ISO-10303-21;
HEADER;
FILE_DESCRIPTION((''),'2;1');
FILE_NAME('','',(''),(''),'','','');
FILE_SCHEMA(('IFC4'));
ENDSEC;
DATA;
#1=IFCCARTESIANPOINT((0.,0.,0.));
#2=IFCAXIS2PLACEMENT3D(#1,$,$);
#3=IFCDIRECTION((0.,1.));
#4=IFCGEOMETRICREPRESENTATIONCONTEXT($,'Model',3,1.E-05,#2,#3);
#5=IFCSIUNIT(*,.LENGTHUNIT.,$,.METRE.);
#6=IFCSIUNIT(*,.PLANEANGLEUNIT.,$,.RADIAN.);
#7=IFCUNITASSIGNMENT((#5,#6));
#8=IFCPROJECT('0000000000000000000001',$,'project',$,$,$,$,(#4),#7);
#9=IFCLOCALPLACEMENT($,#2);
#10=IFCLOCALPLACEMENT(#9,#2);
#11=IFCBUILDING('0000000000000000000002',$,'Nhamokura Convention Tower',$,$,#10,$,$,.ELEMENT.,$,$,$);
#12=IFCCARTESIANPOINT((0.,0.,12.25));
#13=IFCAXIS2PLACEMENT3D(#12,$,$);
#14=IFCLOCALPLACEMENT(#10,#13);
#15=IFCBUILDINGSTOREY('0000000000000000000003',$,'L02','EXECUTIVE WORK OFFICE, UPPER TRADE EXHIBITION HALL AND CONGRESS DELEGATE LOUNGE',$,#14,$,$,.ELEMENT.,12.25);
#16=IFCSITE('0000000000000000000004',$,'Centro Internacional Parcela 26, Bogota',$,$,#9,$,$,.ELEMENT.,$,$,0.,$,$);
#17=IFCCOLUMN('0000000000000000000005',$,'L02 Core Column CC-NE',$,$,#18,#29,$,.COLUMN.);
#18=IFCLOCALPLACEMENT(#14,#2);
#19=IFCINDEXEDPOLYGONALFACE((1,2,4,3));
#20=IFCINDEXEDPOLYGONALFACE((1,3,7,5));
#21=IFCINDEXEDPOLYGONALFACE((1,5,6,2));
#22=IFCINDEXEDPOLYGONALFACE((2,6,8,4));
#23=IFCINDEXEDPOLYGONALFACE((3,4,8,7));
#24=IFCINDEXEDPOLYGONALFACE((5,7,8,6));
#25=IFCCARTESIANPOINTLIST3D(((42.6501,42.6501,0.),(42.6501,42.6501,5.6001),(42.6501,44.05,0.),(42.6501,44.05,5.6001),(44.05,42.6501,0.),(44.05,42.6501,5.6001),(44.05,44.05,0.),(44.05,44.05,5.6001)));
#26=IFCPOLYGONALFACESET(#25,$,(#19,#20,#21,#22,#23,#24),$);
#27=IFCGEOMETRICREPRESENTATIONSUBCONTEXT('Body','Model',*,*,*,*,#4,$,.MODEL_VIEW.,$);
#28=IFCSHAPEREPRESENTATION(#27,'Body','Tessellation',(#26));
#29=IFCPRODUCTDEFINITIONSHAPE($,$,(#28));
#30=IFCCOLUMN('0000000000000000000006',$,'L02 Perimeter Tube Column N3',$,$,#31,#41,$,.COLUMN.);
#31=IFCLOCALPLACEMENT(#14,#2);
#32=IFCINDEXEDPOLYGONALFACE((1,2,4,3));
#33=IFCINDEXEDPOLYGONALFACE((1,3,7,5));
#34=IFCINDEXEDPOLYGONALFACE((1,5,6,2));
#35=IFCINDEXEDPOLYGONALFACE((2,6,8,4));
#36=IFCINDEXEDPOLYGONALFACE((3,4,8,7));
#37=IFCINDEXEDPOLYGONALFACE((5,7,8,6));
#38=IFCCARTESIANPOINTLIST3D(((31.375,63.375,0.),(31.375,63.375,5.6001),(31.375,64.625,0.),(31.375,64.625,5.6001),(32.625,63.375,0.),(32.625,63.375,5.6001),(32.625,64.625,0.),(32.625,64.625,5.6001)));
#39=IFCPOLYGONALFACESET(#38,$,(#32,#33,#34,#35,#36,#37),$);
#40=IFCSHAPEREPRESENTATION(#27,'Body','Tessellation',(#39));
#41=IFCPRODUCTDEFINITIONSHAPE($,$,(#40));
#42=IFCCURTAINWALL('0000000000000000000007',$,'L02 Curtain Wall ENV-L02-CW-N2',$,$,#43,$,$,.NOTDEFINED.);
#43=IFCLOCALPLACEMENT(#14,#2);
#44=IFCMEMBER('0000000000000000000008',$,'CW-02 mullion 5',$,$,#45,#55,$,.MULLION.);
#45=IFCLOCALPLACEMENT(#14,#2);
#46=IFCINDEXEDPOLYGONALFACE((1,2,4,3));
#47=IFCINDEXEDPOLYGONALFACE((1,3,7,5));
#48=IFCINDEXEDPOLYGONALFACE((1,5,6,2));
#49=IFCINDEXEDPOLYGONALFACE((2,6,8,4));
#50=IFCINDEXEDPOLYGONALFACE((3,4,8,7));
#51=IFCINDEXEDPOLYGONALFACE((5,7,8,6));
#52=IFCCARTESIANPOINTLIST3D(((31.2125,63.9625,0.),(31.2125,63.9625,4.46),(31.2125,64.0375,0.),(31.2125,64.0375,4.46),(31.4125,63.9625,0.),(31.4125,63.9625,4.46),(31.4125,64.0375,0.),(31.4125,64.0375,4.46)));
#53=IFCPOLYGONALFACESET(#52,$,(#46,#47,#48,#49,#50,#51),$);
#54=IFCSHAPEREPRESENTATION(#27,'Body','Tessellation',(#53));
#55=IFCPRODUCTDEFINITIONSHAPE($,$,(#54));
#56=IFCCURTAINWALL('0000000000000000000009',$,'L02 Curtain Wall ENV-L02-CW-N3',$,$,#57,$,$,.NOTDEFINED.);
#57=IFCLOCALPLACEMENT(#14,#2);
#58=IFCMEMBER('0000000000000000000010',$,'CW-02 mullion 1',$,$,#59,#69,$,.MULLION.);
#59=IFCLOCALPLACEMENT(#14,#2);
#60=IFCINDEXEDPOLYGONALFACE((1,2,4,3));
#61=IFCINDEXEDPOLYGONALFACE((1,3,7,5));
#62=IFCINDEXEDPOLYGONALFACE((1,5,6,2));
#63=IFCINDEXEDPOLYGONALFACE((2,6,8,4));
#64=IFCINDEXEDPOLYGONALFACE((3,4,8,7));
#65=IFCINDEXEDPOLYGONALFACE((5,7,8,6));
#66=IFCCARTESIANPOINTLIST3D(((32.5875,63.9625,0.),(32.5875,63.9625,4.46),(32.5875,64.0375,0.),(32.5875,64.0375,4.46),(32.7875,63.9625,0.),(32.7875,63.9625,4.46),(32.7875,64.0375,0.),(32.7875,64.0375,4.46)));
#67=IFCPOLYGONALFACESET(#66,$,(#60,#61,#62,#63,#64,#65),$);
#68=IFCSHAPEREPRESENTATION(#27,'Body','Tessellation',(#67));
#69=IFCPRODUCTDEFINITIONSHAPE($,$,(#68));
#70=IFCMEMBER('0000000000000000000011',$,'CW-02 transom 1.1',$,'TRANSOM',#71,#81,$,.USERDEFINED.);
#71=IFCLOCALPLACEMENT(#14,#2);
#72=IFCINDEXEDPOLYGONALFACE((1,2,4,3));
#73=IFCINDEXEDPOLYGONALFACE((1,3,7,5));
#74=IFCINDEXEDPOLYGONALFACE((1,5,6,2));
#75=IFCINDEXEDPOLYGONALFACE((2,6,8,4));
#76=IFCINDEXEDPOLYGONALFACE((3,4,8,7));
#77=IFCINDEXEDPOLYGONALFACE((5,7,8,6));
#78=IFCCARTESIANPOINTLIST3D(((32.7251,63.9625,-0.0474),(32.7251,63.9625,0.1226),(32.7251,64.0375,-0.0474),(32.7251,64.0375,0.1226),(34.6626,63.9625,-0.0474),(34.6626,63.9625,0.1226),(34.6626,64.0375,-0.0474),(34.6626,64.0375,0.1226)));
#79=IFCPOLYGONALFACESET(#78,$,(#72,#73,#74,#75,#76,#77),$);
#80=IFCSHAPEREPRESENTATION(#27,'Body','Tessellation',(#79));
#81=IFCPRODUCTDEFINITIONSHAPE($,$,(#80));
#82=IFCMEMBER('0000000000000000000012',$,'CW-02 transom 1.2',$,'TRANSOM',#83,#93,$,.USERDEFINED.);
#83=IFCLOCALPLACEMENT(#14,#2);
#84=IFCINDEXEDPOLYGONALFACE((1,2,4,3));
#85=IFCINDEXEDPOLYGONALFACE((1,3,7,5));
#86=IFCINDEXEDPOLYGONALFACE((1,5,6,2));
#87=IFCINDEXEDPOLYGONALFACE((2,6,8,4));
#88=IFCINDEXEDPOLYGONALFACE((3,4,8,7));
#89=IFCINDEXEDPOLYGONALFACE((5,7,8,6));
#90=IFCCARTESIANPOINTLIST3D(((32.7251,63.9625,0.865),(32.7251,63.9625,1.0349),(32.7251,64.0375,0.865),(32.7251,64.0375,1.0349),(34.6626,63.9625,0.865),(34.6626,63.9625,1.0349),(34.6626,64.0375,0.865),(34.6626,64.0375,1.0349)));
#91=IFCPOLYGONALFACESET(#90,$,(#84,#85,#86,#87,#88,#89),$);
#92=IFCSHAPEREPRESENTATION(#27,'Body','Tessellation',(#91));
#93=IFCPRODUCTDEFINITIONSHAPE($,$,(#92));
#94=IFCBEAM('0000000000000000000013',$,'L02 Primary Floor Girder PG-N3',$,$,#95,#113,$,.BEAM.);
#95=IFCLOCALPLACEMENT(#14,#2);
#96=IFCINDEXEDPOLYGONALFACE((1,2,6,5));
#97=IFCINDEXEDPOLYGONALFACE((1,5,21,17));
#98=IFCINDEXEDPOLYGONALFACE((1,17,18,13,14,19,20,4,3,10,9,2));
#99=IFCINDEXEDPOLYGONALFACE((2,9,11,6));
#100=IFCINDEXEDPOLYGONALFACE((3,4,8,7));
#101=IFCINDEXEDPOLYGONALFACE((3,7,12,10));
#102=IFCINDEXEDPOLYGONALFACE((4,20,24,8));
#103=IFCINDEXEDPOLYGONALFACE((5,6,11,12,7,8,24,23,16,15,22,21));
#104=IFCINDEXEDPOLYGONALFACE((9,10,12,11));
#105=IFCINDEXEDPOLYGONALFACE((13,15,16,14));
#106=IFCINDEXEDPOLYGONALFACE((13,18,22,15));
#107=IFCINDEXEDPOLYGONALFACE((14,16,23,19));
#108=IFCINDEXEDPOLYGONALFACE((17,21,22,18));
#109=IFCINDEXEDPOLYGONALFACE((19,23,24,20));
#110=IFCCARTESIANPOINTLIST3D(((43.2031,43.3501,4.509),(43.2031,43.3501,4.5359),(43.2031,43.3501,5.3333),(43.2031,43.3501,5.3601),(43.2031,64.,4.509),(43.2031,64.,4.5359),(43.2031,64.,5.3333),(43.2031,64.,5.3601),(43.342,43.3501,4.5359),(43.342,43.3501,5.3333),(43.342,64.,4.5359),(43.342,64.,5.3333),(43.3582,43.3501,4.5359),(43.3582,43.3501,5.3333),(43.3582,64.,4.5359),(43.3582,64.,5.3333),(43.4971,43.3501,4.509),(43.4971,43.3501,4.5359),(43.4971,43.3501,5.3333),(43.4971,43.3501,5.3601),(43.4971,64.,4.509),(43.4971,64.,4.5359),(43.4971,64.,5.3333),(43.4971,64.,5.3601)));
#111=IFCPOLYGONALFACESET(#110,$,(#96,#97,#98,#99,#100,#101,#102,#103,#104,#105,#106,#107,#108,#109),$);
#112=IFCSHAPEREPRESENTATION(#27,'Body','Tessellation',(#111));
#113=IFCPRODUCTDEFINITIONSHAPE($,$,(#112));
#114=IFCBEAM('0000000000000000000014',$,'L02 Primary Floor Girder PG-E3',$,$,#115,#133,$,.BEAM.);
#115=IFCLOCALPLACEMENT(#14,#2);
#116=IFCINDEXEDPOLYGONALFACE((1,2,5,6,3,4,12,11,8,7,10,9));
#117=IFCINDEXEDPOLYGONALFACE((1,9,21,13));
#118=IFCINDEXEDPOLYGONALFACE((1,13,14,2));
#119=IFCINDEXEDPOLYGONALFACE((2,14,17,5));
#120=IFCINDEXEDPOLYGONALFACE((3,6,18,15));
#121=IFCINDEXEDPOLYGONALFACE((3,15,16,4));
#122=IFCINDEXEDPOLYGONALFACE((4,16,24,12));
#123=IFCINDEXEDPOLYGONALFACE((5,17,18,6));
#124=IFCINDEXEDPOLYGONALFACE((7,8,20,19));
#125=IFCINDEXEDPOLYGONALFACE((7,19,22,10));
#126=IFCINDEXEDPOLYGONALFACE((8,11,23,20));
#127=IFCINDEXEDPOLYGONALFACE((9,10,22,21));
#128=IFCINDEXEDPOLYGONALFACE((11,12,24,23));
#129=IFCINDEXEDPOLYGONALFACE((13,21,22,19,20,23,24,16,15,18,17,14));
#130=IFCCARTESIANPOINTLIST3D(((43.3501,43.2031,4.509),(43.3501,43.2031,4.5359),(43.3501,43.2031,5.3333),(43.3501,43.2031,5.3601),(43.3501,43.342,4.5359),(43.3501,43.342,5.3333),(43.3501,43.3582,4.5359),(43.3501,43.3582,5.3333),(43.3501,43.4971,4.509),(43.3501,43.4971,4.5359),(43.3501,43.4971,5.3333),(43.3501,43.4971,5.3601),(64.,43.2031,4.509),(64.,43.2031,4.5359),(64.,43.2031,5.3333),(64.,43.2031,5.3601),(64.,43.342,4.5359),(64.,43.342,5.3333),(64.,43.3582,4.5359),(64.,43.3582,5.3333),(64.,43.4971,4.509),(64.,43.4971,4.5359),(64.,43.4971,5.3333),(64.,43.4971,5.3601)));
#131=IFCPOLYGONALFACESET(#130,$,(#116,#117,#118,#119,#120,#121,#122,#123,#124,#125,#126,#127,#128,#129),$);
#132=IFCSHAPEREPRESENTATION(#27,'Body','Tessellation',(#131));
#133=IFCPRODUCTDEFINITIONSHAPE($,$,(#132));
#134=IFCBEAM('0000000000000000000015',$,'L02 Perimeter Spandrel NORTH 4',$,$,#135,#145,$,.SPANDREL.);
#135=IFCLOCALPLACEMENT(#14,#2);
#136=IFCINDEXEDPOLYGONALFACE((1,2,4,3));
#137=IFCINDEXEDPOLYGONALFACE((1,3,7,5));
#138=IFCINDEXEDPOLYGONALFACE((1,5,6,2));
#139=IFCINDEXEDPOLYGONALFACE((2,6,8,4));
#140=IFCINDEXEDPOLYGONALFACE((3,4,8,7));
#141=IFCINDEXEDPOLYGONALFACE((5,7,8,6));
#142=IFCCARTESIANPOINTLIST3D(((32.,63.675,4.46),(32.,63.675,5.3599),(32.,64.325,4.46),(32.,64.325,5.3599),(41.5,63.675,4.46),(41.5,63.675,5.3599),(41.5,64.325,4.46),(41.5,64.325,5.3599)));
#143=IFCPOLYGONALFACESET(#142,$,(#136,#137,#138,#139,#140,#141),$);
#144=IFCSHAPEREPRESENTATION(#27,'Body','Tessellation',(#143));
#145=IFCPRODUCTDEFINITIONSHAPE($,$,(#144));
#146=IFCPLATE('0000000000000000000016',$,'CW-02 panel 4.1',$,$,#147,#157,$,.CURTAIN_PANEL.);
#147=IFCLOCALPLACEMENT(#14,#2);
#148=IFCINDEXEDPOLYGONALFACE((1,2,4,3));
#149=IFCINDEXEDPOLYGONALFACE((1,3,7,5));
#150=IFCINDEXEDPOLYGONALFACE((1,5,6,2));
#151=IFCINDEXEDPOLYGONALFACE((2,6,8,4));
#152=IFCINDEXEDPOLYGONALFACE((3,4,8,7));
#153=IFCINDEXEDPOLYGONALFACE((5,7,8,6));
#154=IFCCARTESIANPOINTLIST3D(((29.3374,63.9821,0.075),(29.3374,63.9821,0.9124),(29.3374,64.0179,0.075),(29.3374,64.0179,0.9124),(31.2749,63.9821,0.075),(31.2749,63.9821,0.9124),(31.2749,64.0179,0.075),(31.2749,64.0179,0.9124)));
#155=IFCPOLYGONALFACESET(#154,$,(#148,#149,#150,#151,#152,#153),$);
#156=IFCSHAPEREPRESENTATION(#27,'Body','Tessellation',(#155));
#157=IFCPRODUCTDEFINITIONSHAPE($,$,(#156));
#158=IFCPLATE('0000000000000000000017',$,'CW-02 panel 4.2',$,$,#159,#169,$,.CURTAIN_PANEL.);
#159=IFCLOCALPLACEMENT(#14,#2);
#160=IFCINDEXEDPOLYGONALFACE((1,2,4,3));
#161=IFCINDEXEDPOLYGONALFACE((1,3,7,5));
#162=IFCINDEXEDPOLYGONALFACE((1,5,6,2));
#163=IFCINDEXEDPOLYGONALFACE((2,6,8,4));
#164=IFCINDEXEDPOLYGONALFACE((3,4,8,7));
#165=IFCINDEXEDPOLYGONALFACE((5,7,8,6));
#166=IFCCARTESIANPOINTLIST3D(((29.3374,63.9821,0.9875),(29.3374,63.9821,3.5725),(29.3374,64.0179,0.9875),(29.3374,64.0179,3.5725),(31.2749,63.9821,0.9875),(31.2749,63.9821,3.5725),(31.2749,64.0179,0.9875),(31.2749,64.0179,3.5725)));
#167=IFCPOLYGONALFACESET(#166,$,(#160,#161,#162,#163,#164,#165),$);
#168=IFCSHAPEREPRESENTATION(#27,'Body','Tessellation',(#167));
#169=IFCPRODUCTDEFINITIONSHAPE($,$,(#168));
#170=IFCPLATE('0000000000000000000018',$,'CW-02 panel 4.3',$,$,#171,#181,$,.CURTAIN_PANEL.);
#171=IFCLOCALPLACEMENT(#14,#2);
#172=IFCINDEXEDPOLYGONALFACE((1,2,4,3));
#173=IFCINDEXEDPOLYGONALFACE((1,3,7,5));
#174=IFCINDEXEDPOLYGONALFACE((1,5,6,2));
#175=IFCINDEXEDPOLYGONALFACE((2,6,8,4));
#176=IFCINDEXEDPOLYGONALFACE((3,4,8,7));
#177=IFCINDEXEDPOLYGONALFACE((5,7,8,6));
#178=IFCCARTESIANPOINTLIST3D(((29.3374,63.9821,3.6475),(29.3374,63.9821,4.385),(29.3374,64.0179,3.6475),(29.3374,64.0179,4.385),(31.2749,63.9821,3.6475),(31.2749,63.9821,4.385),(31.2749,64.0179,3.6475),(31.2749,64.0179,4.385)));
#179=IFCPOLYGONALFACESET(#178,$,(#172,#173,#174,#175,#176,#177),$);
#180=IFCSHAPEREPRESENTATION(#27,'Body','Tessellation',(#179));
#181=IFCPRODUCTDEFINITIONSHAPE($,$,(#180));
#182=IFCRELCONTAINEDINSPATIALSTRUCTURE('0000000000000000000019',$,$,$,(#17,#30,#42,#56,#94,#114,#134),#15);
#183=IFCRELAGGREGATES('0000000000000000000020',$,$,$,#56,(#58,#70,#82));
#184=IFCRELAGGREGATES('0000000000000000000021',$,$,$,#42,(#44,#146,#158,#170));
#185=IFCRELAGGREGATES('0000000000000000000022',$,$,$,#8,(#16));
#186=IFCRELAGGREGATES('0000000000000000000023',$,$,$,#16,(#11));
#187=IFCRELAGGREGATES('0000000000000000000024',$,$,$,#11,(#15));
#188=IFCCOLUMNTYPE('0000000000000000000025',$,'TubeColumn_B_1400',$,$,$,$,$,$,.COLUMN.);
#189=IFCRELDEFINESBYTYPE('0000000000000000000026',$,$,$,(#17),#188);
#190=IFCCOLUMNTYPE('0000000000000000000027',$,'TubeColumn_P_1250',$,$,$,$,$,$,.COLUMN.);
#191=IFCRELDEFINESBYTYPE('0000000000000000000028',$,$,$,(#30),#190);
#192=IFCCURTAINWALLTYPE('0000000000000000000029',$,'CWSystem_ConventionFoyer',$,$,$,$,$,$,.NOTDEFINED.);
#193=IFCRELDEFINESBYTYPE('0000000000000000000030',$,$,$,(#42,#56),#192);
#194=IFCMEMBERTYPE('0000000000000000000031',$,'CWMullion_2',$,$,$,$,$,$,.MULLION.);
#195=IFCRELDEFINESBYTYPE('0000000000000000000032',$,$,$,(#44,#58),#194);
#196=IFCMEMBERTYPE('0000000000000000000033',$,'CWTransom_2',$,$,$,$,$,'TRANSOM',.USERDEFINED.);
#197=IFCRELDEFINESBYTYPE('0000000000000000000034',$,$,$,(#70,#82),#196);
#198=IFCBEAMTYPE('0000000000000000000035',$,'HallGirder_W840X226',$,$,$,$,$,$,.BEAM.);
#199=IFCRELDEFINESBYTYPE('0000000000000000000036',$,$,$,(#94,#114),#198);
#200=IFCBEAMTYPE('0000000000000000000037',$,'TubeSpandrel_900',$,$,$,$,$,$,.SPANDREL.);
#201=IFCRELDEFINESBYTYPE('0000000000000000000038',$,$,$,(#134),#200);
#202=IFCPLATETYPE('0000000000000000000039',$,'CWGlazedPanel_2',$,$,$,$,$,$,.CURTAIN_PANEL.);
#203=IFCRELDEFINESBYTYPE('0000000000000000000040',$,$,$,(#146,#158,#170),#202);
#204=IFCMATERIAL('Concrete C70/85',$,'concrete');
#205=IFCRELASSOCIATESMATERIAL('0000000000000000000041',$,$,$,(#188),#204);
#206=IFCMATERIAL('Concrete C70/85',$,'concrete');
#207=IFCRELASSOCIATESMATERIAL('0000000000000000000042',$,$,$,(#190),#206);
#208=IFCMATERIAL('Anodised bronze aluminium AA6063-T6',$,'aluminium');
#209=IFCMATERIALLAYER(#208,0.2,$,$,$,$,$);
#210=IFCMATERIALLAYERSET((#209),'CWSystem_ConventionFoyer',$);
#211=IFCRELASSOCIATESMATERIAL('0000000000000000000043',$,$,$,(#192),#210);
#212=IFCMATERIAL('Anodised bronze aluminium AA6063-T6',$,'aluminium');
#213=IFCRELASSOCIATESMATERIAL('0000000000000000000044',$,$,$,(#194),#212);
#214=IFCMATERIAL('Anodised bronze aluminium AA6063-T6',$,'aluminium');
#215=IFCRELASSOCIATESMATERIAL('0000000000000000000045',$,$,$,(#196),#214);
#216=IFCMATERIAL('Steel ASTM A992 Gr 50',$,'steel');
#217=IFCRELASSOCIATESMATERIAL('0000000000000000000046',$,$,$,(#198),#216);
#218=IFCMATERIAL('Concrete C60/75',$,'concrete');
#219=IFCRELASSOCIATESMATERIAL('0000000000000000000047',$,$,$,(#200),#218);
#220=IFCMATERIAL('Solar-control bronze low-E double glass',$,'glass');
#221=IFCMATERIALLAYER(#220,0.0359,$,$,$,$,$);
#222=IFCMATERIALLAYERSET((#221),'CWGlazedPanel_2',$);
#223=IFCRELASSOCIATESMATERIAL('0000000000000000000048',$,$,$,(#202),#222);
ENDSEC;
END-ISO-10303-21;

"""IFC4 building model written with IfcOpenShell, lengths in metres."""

from ifc_helpers import new_model, si_unit, direction, frame, origin, origin_2d, place, context, subcontext, project, spatial, rectangle, i_section, extrude, material, layer, layer_set, material_profile, profile_set, type_object, element, aggregate, save


model = new_model("IFC4")

# Units and contexts
model_context = context("Model", 3, precision=1e-05, world=origin(), true_north=direction((0.0, 1.0)))
body_context = subcontext(model_context, "Body", "Model", "MODEL_VIEW")
ifc_project = project(units=[si_unit("LENGTHUNIT", "METRE"), si_unit("PLANEANGLEUNIT", "RADIAN")], contexts=[model_context])

# Site, building, storey
site_placement = place(None, origin())
site = spatial("IfcSite", under=ifc_project, at=site_placement, Name="Centro Internacional Parcela 26, Bogota", CompositionType="ELEMENT", RefElevation=0.0)
building_placement = place(site_placement, origin())
building = spatial("IfcBuilding", under=site, at=building_placement, Name="Nhamokura Convention Tower", CompositionType="ELEMENT")
storey_placement = place(building_placement, frame((0.0, 0.0, 12.25)))
storey = spatial("IfcBuildingStorey", under=building, at=storey_placement, Name="L02", Description="EXECUTIVE WORK OFFICE, UPPER TRADE EXHIBITION HALL AND CONGRESS DELEGATE LOUNGE", CompositionType="ELEMENT", Elevation=12.25)

# Columns
ifc_material_1 = material(Name="Concrete C70/85", Category="concrete")
ifc_material_profile_1 = material_profile(ifc_material_1, rectangle(XDim=1.3999, YDim=1.3999, at=origin_2d()))
ifc_profile_set_1 = profile_set([ifc_material_profile_1], Name="Concrete C70/85")
column_type_1 = type_object("IfcColumnType", Name="TubeColumn_B_1400", PredefinedType="COLUMN", material=ifc_profile_set_1)
column_1_placement = place(storey_placement, frame((43.3501, 43.3501, 0.0), z_axis=(0.0, 0.0, 1.0), x_axis=(1.0, 0.0, 0.0)))
element("IfcColumn", 1, at=column_1_placement, inside=storey, type_object=column_type_1, Name="L02 Core Column CC-NE", PredefinedType="COLUMN", context=body_context, shape_type="SweptSolid", body=[
    extrude(rectangle(XDim=1.3999, YDim=1.3999, at=origin_2d()), origin(), (0.0, 0.0, 1.0), 5.6001),
])
ifc_material_2 = material(Name="Concrete C70/85", Category="concrete")
ifc_material_profile_2 = material_profile(ifc_material_2, rectangle(XDim=1.25, YDim=1.25, at=origin_2d()))
ifc_profile_set_2 = profile_set([ifc_material_profile_2], Name="Concrete C70/85")
column_type_2 = type_object("IfcColumnType", Name="TubeColumn_P_1250", PredefinedType="COLUMN", material=ifc_profile_set_2)
column_2_placement = place(storey_placement, frame((32.0, 64.0, 0.0), z_axis=(0.0, 0.0, 1.0), x_axis=(1.0, 0.0, 0.0)))
element("IfcColumn", 2, at=column_2_placement, inside=storey, type_object=column_type_2, Name="L02 Perimeter Tube Column N3", PredefinedType="COLUMN", context=body_context, shape_type="SweptSolid", body=[
    extrude(rectangle(XDim=1.25, YDim=1.25, at=origin_2d()), origin(), (0.0, 0.0, 1.0), 5.6001),
])

# Curtain wall, member
ifc_material_3 = material(Name="Anodised bronze aluminium AA6063-T6", Category="aluminium")
ifc_layer_1 = layer(ifc_material_3, 0.2)
ifc_layer_set_1 = layer_set([ifc_layer_1], Name="CWSystem_ConventionFoyer")
curtain_wall_type = type_object("IfcCurtainWallType", Name="CWSystem_ConventionFoyer", PredefinedType="NOTDEFINED", material=ifc_layer_set_1)
curtain_wall_1_placement = place(storey_placement, origin())
curtain_wall_1 = element("IfcCurtainWall", 3, at=curtain_wall_1_placement, inside=storey, type_object=curtain_wall_type, Name="L02 Curtain Wall ENV-L02-CW-N2", PredefinedType="NOTDEFINED")
ifc_material_4 = material(Name="Anodised bronze aluminium AA6063-T6", Category="aluminium")
ifc_material_profile_3 = material_profile(ifc_material_4, rectangle(XDim=0.075, YDim=0.2, at=origin_2d()))
ifc_profile_set_3 = profile_set([ifc_material_profile_3], Name="Anodised bronze aluminium AA6063-T6")
member_type_1 = type_object("IfcMemberType", Name="CWMullion_2", PredefinedType="MULLION", material=ifc_profile_set_3)
member_1_placement = place(storey_placement, frame((31.3125, 64.0, 0.0), z_axis=(0.0, 0.0, 1.0), x_axis=(0.0, 1.0, 0.0)))
member_1 = element("IfcMember", 4, at=member_1_placement, type_object=member_type_1, Name="CW-02 mullion 5", PredefinedType="MULLION", context=body_context, shape_type="SweptSolid", body=[
    extrude(rectangle(XDim=0.075, YDim=0.2, at=origin_2d()), origin(), (0.0, 0.0, 1.0), 4.46),
])

# Curtain wall, members
curtain_wall_2_placement = place(storey_placement, origin())
curtain_wall_2 = element("IfcCurtainWall", 5, at=curtain_wall_2_placement, inside=storey, type_object=curtain_wall_type, Name="L02 Curtain Wall ENV-L02-CW-N3", PredefinedType="NOTDEFINED")
member_2_placement = place(storey_placement, frame((32.6875, 64.0, 0.0), z_axis=(0.0, 0.0, 1.0), x_axis=(0.0, 1.0, 0.0)))
member_2 = element("IfcMember", 6, at=member_2_placement, type_object=member_type_1, Name="CW-02 mullion 1", PredefinedType="MULLION", context=body_context, shape_type="SweptSolid", body=[
    extrude(rectangle(XDim=0.075, YDim=0.2, at=origin_2d()), origin(), (0.0, 0.0, 1.0), 4.46),
])
ifc_material_5 = material(Name="Anodised bronze aluminium AA6063-T6", Category="aluminium")
ifc_material_profile_4 = material_profile(ifc_material_5, rectangle(XDim=0.075, YDim=0.1699, at=origin_2d()))
ifc_profile_set_4 = profile_set([ifc_material_profile_4], Name="Anodised bronze aluminium AA6063-T6")
member_type_2 = type_object("IfcMemberType", Name="CWTransom_2", ElementType="TRANSOM", PredefinedType="USERDEFINED", material=ifc_profile_set_4)
member_3_placement = place(storey_placement, frame((32.7251, 64.0, 0.0376), z_axis=(1.0, 0.0, 0.0), x_axis=(0.0, 1.0, 0.0)))
member_3 = element("IfcMember", 7, at=member_3_placement, type_object=member_type_2, Name="CW-02 transom 1.1", ObjectType="TRANSOM", PredefinedType="USERDEFINED", context=body_context, shape_type="SweptSolid", body=[
    extrude(rectangle(XDim=0.075, YDim=0.1699, at=origin_2d()), origin(), (0.0, 0.0, 1.0), 1.9375),
])
member_4_placement = place(storey_placement, frame((32.7251, 64.0, 0.95), z_axis=(1.0, 0.0, 0.0), x_axis=(0.0, 1.0, 0.0)))
member_4 = element("IfcMember", 8, at=member_4_placement, type_object=member_type_2, Name="CW-02 transom 1.2", ObjectType="TRANSOM", PredefinedType="USERDEFINED", context=body_context, shape_type="SweptSolid", body=[
    extrude(rectangle(XDim=0.075, YDim=0.1699, at=origin_2d()), origin(), (0.0, 0.0, 1.0), 1.9375),
])
aggregate(curtain_wall_2, [member_2, member_3, member_4])

# Beams
ifc_material_6 = material(Name="Steel ASTM A992 Gr 50", Category="steel")
ifc_material_profile_5 = material_profile(ifc_material_6, i_section(OverallWidth=0.2939, OverallDepth=0.8511, WebThickness=0.0161, FlangeThickness=0.0269, at=origin_2d()))
ifc_profile_set_5 = profile_set([ifc_material_profile_5], Name="Steel ASTM A992 Gr 50")
beam_type_1 = type_object("IfcBeamType", Name="HallGirder_W840X226", PredefinedType="BEAM", material=ifc_profile_set_5)
for number, where, z_axis, x_axis, name in (
    (9, (43.3501, 43.3501, 4.9346), (0.0, 1.0, 0.0), (-1.0, 0.0, 0.0), "L02 Primary Floor Girder PG-N3"),
    (10, (43.3501, 43.3501, 4.9346), (1.0, 0.0, 0.0), (0.0, 1.0, 0.0), "L02 Primary Floor Girder PG-E3"),
):
    element("IfcBeam", number, at=place(storey_placement, frame(where, z_axis=z_axis, x_axis=x_axis)), inside=storey, type_object=beam_type_1, Name=name, PredefinedType="BEAM", context=body_context, shape_type="SweptSolid", body=[
        extrude(i_section(OverallWidth=0.2939, OverallDepth=0.8511, WebThickness=0.0161, FlangeThickness=0.0269, at=origin_2d()), origin(), (0.0, 0.0, 1.0), 20.6499),
    ])
ifc_material_7 = material(Name="Concrete C60/75", Category="concrete")
ifc_material_profile_6 = material_profile(ifc_material_7, rectangle(XDim=0.6499, YDim=0.8999, at=origin_2d()))
ifc_profile_set_6 = profile_set([ifc_material_profile_6], Name="Concrete C60/75")
beam_type_2 = type_object("IfcBeamType", Name="TubeSpandrel_900", PredefinedType="SPANDREL", material=ifc_profile_set_6)
beam_placement = place(storey_placement, frame((32.0, 64.0, 4.9099), z_axis=(1.0, 0.0, 0.0), x_axis=(0.0, 1.0, 0.0)))
element("IfcBeam", 11, at=beam_placement, inside=storey, type_object=beam_type_2, Name="L02 Perimeter Spandrel NORTH 4", PredefinedType="SPANDREL", context=body_context, shape_type="SweptSolid", body=[
    extrude(rectangle(XDim=0.6499, YDim=0.8999, at=origin_2d()), origin(), (0.0, 0.0, 1.0), 9.5),
])

# Plates
ifc_material_8 = material(Name="Solar-control bronze low-E double glass", Category="glass")
ifc_layer_2 = layer(ifc_material_8, 0.0359)
ifc_layer_set_2 = layer_set([ifc_layer_2], Name="CWGlazedPanel_2")
plate_type = type_object("IfcPlateType", Name="CWGlazedPanel_2", PredefinedType="CURTAIN_PANEL", material=ifc_layer_set_2)
plate_1_placement = place(storey_placement, frame((30.3062, 64.0, 0.075), z_axis=(0.0, 0.0, 1.0), x_axis=(1.0, 0.0, 0.0)))
plate_1 = element("IfcPlate", 12, at=plate_1_placement, type_object=plate_type, Name="CW-02 panel 4.1", PredefinedType="CURTAIN_PANEL", context=body_context, shape_type="SweptSolid", body=[
    extrude(rectangle(XDim=1.9375, YDim=0.0359, at=origin_2d()), origin(), (0.0, 0.0, 1.0), 0.8374),
])
plate_2_placement = place(storey_placement, frame((30.3062, 64.0, 0.9875), z_axis=(0.0, 0.0, 1.0), x_axis=(1.0, 0.0, 0.0)))
plate_2 = element("IfcPlate", 13, at=plate_2_placement, type_object=plate_type, Name="CW-02 panel 4.2", PredefinedType="CURTAIN_PANEL", context=body_context, shape_type="SweptSolid", body=[
    extrude(rectangle(XDim=1.9375, YDim=0.0359, at=origin_2d()), origin(), (0.0, 0.0, 1.0), 2.585),
])
plate_3_placement = place(storey_placement, frame((30.3062, 64.0, 3.6475), z_axis=(0.0, 0.0, 1.0), x_axis=(1.0, 0.0, 0.0)))
plate_3 = element("IfcPlate", 14, at=plate_3_placement, type_object=plate_type, Name="CW-02 panel 4.3", PredefinedType="CURTAIN_PANEL", context=body_context, shape_type="SweptSolid", body=[
    extrude(rectangle(XDim=1.9375, YDim=0.0359, at=origin_2d()), origin(), (0.0, 0.0, 1.0), 0.7375),
])
aggregate(curtain_wall_1, [member_1, plate_1, plate_2, plate_3])

save(model, "model.ifc")
